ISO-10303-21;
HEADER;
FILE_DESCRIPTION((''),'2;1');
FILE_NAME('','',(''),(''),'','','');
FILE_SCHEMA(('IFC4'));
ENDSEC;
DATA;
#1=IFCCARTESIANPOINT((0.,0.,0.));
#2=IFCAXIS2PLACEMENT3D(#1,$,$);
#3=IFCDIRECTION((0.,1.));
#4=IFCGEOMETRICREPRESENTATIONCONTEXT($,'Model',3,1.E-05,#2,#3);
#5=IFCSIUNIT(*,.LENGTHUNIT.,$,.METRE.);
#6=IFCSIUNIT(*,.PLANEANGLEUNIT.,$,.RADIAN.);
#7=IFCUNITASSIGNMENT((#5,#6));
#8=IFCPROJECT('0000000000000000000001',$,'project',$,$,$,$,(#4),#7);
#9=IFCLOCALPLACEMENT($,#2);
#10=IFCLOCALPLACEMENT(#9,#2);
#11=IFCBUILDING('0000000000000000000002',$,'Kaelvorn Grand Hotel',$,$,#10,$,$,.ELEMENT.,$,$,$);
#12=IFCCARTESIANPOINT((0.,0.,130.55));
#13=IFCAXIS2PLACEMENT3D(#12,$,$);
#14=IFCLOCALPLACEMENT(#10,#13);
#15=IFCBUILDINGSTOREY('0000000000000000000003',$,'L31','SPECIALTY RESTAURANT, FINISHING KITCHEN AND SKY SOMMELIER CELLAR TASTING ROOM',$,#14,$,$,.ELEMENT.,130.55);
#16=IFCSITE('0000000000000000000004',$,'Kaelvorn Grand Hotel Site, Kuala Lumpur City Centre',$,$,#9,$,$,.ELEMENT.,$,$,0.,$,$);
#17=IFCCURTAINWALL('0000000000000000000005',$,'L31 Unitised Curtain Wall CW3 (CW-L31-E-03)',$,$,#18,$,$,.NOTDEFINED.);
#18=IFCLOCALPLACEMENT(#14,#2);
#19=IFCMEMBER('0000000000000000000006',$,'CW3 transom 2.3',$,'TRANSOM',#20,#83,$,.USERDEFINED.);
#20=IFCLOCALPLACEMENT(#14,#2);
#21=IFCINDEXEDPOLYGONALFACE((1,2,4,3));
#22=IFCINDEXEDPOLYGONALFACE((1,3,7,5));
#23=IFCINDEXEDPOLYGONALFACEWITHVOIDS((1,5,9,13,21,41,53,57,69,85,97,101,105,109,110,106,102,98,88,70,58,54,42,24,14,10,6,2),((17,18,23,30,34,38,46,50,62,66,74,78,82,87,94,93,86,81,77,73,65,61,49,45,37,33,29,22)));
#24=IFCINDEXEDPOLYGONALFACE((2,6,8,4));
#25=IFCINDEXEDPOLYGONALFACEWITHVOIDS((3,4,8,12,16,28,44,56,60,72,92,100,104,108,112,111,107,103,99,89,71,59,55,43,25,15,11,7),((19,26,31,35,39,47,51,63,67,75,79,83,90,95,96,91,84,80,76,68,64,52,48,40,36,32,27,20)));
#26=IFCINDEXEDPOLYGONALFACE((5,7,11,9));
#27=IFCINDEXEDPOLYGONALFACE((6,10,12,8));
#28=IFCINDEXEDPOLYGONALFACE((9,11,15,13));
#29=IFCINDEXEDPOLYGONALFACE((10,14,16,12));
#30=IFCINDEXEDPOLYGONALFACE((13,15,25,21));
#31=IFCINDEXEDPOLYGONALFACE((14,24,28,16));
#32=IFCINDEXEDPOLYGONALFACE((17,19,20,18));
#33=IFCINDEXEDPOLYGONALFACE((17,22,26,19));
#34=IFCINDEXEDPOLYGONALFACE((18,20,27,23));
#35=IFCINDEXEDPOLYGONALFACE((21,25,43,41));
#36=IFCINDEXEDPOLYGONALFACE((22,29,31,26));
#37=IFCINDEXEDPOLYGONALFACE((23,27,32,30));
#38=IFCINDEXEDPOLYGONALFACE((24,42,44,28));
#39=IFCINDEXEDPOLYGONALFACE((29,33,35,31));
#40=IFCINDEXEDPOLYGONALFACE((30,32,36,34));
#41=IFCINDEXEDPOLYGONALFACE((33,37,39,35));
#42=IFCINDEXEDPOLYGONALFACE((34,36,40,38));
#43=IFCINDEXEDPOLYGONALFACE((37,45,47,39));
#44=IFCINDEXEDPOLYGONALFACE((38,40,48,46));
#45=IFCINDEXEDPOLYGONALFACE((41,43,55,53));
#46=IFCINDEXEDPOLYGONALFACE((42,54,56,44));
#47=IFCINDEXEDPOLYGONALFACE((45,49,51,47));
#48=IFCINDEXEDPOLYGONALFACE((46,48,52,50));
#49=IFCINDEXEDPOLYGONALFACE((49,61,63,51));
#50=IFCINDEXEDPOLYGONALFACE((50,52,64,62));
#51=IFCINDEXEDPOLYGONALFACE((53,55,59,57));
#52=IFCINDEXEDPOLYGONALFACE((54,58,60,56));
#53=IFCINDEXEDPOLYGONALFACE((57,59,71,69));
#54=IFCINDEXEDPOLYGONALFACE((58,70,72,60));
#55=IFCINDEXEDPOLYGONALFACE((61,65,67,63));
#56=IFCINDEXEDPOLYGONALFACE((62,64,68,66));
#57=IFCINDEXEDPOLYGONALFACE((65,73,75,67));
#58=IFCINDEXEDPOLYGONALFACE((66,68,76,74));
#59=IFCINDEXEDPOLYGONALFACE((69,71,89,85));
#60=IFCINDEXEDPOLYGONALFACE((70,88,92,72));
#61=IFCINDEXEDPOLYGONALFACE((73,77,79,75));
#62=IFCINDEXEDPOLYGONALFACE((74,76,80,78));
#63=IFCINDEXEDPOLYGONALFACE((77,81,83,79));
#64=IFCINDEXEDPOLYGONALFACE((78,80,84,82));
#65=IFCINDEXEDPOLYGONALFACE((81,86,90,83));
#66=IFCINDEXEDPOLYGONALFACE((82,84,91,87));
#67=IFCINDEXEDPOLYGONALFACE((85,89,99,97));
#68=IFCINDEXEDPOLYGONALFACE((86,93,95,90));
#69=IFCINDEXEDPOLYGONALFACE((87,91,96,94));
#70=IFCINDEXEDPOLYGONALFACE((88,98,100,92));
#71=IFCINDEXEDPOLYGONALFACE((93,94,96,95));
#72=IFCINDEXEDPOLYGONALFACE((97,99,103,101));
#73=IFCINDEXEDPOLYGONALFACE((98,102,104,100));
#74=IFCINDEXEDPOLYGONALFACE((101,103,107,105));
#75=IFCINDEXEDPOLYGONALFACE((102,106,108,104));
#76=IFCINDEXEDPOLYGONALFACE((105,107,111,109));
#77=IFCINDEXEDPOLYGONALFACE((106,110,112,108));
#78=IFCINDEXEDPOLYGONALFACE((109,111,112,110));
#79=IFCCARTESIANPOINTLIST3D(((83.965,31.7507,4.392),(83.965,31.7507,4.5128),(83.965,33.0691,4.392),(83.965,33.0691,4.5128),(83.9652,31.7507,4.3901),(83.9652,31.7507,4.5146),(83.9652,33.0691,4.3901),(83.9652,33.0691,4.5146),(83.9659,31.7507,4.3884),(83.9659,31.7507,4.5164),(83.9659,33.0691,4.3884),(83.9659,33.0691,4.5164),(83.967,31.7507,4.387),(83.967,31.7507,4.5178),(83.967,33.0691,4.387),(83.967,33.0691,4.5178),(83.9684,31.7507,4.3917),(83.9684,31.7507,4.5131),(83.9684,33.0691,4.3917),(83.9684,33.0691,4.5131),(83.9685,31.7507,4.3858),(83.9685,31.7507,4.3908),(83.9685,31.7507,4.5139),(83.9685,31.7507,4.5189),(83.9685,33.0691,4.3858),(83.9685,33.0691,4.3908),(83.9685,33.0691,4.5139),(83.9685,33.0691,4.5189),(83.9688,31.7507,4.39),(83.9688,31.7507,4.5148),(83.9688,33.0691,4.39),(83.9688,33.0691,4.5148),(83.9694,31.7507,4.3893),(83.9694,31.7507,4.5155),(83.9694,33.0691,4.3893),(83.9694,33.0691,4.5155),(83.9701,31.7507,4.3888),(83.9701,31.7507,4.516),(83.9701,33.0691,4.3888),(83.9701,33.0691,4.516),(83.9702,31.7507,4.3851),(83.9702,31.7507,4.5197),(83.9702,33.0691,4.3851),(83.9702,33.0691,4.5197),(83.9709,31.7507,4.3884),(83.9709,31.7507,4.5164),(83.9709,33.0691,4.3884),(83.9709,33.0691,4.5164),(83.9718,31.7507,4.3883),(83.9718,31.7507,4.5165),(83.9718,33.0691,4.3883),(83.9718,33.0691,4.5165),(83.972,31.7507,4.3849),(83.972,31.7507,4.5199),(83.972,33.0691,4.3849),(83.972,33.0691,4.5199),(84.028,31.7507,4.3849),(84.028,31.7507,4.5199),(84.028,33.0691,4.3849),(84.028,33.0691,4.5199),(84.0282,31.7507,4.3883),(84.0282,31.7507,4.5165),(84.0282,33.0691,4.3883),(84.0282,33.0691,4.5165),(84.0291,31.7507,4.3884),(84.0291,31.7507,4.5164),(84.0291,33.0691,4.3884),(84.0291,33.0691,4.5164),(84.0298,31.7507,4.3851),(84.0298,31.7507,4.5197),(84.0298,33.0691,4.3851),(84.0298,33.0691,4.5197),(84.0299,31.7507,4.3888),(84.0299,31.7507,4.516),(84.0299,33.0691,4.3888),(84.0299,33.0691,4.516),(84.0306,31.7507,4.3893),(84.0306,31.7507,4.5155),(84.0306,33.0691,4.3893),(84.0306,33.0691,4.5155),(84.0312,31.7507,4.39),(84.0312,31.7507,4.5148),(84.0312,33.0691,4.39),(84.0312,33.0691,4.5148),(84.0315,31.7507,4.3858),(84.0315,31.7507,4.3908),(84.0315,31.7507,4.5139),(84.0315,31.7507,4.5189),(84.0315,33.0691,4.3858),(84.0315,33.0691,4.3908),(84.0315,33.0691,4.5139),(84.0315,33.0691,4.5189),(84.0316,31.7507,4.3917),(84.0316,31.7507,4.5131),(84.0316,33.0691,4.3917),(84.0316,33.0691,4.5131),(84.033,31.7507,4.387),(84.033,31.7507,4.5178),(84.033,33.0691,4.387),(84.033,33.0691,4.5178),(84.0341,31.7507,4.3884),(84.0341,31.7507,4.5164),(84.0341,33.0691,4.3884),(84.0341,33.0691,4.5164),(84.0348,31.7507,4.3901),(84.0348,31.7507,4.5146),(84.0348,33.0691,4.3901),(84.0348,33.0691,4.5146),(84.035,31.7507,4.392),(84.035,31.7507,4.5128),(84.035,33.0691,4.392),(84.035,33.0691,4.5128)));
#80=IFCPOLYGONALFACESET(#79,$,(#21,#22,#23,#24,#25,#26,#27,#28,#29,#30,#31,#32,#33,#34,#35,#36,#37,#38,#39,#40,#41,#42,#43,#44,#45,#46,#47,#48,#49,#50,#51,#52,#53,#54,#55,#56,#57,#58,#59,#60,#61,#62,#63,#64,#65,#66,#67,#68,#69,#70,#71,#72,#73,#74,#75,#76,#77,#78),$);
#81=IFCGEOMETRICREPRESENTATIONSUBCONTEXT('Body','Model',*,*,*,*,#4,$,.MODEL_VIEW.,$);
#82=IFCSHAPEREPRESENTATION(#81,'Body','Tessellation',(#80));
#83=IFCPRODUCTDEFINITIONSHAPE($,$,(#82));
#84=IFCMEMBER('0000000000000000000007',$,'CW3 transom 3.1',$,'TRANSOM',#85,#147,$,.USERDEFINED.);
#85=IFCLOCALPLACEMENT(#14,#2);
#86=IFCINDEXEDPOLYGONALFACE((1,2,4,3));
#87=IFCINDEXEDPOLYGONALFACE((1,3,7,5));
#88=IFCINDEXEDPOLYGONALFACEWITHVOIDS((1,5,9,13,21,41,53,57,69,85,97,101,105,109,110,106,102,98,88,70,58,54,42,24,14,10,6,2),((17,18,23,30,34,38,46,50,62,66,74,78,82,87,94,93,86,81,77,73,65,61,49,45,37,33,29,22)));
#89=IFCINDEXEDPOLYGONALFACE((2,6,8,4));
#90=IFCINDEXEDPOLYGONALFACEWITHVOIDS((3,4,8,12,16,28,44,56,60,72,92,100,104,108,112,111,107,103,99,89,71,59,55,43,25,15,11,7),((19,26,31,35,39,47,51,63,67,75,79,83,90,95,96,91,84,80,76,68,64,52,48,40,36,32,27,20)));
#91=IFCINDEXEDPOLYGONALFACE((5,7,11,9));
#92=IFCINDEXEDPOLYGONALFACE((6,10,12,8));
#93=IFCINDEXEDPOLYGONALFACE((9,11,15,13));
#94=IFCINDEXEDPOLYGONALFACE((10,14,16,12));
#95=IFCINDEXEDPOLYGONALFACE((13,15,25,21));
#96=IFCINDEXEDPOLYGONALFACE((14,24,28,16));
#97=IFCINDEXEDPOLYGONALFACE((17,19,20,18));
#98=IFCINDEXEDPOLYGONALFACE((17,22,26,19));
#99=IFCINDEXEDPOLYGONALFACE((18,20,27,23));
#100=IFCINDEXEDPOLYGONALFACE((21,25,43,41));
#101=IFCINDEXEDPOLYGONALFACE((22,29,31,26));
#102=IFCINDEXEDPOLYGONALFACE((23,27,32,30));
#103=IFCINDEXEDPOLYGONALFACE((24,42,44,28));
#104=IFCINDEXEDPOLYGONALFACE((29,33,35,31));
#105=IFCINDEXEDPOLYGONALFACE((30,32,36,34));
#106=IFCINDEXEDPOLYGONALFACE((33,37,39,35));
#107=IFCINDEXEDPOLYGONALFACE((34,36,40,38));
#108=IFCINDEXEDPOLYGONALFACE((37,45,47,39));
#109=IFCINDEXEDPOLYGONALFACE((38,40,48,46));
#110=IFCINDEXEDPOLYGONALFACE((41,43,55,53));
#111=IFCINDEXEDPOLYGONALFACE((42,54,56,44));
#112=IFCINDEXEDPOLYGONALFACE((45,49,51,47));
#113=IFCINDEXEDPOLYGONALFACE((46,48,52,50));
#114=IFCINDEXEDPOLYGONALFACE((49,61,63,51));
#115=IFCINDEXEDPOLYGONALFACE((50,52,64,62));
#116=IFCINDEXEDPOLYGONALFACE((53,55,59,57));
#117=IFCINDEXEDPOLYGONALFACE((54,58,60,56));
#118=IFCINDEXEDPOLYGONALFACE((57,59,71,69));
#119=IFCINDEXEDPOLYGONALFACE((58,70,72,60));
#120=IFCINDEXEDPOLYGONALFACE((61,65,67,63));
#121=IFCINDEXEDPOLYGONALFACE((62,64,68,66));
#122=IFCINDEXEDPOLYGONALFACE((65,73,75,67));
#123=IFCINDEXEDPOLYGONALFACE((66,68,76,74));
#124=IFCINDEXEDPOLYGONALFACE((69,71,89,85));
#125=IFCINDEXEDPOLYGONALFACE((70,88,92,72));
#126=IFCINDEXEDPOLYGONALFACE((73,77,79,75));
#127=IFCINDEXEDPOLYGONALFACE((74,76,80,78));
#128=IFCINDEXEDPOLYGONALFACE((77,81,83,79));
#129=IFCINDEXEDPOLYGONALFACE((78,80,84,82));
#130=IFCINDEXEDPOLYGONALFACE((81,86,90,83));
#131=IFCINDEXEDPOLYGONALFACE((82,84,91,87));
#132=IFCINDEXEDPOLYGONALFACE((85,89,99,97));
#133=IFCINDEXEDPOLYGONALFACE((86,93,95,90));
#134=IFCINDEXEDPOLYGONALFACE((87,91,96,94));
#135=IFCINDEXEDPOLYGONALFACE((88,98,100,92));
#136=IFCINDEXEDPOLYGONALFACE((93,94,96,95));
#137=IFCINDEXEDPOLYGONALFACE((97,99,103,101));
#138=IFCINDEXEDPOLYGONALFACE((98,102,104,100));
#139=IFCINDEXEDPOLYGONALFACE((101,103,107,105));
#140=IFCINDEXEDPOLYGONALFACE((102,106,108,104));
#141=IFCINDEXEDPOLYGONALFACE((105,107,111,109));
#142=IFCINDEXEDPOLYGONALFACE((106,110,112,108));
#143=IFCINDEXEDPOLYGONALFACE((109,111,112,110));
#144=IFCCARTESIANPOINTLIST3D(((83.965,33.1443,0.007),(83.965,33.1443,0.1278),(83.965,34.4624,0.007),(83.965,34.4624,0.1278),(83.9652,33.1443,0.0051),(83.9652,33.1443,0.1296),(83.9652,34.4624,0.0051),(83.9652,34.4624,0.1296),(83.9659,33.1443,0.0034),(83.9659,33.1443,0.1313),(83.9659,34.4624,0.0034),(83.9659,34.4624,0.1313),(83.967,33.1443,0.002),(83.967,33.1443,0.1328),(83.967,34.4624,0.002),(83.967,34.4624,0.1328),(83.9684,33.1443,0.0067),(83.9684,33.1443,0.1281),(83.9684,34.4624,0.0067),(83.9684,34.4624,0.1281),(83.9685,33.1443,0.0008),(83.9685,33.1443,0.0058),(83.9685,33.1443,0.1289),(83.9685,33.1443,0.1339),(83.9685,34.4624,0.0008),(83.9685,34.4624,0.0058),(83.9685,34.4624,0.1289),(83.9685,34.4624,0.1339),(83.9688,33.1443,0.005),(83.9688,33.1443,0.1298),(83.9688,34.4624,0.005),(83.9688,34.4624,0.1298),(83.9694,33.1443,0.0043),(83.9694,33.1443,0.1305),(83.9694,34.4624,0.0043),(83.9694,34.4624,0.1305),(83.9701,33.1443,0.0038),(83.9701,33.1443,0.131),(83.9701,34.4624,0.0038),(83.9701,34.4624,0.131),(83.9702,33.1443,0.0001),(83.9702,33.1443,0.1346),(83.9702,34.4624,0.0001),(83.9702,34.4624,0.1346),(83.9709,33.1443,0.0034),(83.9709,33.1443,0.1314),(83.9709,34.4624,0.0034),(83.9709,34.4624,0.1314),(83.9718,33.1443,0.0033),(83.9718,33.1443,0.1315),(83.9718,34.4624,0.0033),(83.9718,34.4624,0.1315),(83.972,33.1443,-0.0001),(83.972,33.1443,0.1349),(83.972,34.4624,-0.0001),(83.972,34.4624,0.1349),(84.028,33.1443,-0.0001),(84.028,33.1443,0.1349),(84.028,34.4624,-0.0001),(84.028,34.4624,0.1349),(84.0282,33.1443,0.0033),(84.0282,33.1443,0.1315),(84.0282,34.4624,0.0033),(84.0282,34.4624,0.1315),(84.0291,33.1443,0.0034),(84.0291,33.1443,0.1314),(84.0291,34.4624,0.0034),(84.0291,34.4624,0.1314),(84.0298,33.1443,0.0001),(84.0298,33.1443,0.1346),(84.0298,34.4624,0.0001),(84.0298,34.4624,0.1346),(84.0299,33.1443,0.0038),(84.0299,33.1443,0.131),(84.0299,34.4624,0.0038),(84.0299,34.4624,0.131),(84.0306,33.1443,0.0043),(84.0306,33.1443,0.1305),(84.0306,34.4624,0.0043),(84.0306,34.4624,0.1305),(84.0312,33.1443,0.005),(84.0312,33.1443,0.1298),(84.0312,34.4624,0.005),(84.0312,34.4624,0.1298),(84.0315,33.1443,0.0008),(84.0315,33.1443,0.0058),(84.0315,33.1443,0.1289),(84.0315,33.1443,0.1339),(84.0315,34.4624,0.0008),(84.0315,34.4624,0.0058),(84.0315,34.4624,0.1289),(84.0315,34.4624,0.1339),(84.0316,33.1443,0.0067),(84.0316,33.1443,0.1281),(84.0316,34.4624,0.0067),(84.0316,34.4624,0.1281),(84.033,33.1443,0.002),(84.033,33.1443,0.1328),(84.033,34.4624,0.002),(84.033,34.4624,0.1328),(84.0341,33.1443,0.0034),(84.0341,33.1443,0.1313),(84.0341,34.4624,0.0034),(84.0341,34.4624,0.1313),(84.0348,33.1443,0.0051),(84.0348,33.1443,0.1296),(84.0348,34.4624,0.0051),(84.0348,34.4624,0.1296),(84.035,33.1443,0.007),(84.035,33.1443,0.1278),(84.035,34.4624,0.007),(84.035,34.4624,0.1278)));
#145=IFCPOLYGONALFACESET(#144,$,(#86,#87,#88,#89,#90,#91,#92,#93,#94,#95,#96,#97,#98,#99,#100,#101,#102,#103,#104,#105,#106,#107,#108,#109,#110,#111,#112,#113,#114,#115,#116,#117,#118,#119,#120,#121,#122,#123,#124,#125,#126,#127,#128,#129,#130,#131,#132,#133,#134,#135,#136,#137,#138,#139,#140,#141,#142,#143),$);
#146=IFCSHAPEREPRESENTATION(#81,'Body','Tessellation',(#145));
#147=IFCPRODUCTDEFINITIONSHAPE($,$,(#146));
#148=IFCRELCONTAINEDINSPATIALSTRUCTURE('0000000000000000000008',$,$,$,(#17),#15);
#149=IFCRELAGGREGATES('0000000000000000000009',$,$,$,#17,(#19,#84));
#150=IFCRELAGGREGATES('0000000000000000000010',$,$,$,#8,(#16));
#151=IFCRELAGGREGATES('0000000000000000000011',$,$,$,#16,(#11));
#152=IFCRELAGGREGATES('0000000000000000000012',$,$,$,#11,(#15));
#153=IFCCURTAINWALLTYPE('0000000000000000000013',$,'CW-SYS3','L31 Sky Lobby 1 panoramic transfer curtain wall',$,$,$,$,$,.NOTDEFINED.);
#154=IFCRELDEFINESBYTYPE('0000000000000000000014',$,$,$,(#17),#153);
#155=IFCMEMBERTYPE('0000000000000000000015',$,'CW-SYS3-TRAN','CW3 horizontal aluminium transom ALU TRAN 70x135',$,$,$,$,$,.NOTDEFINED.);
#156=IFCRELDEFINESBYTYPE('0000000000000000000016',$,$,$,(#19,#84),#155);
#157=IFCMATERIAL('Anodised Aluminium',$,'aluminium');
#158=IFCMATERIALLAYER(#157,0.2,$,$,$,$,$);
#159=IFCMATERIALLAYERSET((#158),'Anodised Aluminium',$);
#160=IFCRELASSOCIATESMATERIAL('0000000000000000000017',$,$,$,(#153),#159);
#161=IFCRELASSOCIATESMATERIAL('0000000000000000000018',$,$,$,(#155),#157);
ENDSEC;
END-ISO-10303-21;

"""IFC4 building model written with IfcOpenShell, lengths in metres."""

from ifc_helpers import new_model, si_unit, direction, frame, origin, origin_2d, place, context, subcontext, project, spatial, hollow_rectangle, extrude, material, layer, layer_set, material_profile, profile_set, type_object, element, aggregate, save


model = new_model("IFC4")

# Units and contexts
model_context = context("Model", 3, precision=1e-05, world=origin(), true_north=direction((0.0, 1.0)))
body_context = subcontext(model_context, "Body", "Model", "MODEL_VIEW")
ifc_project = project(units=[si_unit("LENGTHUNIT", "METRE"), si_unit("PLANEANGLEUNIT", "RADIAN")], contexts=[model_context])

# Site, building, storey
site_placement = place(None, origin())
site = spatial("IfcSite", under=ifc_project, at=site_placement, Name="Kaelvorn Grand Hotel Site, Kuala Lumpur City Centre", CompositionType="ELEMENT", RefElevation=0.0)
building_placement = place(site_placement, origin())
building = spatial("IfcBuilding", under=site, at=building_placement, Name="Kaelvorn Grand Hotel", CompositionType="ELEMENT")
storey_placement = place(building_placement, frame((0.0, 0.0, 130.55)))
storey = spatial("IfcBuildingStorey", under=building, at=storey_placement, Name="L31", Description="SPECIALTY RESTAURANT, FINISHING KITCHEN AND SKY SOMMELIER CELLAR TASTING ROOM", CompositionType="ELEMENT", Elevation=130.55)

# Shared definitions
ifc_material_1 = material(Name="Anodised Aluminium", Category="aluminium")
ifc_layer_1 = layer(ifc_material_1, 0.2)
ifc_layer_set_1 = layer_set([ifc_layer_1], Name="Anodised Aluminium")
curtain_wall_type = type_object("IfcCurtainWallType", Name="CW-SYS3", Description="L31 Sky Lobby 1 panoramic transfer curtain wall", PredefinedType="NOTDEFINED", material=ifc_layer_set_1)

# Curtain wall, members
curtain_wall_1_placement = place(storey_placement, origin())
curtain_wall_1 = element("IfcCurtainWall", 1, at=curtain_wall_1_placement, inside=storey, type_object=curtain_wall_type, Name="L31 Unitised Curtain Wall CW3 (CW-L31-E-03)", PredefinedType="NOTDEFINED")
ifc_material_profile_1 = material_profile(ifc_material_1, hollow_rectangle(XDim=0.0701, YDim=0.135, WallThickness=0.0034, InnerFilletRadius=0.0034, OuterFilletRadius=0.0071, at=origin_2d()), Name="ALU TRAN 70x135")
ifc_profile_set_1 = profile_set([ifc_material_profile_1], Name="Anodised Aluminium")
member_type_1 = type_object("IfcMemberType", Name="CW-SYS3-TRAN", Description="CW3 horizontal aluminium transom ALU TRAN 70x135", PredefinedType="NOTDEFINED", material=ifc_profile_set_1)
member_1_placement = place(storey_placement, frame((84.0, 31.7507, 4.4524), z_axis=(0.0, 1.0, 0.0), x_axis=(-1.0, 0.0, 0.0)))
member_1 = element("IfcMember", 2, at=member_1_placement, type_object=member_type_1, Name="CW3 transom 2.3", ObjectType="TRANSOM", PredefinedType="USERDEFINED", context=body_context, shape_type="SweptSolid", body=[
    extrude(hollow_rectangle(XDim=0.0701, YDim=0.135, WallThickness=0.0034, InnerFilletRadius=0.0034, OuterFilletRadius=0.0071, at=origin_2d()), origin(), (0.0, 0.0, 1.0), 1.3184),
])
member_2_placement = place(storey_placement, frame((84.0, 33.1443, 0.0674), z_axis=(0.0, 1.0, 0.0), x_axis=(-1.0, 0.0, 0.0)))
member_2 = element("IfcMember", 3, at=member_2_placement, type_object=member_type_1, Name="CW3 transom 3.1", ObjectType="TRANSOM", PredefinedType="USERDEFINED", context=body_context, shape_type="SweptSolid", body=[
    extrude(hollow_rectangle(XDim=0.0701, YDim=0.135, WallThickness=0.0034, InnerFilletRadius=0.0034, OuterFilletRadius=0.0071, at=origin_2d()), origin(), (0.0, 0.0, 1.0), 1.3181),
])

aggregate(curtain_wall_1, [member_1, member_2])

save(model, "model.ifc")
